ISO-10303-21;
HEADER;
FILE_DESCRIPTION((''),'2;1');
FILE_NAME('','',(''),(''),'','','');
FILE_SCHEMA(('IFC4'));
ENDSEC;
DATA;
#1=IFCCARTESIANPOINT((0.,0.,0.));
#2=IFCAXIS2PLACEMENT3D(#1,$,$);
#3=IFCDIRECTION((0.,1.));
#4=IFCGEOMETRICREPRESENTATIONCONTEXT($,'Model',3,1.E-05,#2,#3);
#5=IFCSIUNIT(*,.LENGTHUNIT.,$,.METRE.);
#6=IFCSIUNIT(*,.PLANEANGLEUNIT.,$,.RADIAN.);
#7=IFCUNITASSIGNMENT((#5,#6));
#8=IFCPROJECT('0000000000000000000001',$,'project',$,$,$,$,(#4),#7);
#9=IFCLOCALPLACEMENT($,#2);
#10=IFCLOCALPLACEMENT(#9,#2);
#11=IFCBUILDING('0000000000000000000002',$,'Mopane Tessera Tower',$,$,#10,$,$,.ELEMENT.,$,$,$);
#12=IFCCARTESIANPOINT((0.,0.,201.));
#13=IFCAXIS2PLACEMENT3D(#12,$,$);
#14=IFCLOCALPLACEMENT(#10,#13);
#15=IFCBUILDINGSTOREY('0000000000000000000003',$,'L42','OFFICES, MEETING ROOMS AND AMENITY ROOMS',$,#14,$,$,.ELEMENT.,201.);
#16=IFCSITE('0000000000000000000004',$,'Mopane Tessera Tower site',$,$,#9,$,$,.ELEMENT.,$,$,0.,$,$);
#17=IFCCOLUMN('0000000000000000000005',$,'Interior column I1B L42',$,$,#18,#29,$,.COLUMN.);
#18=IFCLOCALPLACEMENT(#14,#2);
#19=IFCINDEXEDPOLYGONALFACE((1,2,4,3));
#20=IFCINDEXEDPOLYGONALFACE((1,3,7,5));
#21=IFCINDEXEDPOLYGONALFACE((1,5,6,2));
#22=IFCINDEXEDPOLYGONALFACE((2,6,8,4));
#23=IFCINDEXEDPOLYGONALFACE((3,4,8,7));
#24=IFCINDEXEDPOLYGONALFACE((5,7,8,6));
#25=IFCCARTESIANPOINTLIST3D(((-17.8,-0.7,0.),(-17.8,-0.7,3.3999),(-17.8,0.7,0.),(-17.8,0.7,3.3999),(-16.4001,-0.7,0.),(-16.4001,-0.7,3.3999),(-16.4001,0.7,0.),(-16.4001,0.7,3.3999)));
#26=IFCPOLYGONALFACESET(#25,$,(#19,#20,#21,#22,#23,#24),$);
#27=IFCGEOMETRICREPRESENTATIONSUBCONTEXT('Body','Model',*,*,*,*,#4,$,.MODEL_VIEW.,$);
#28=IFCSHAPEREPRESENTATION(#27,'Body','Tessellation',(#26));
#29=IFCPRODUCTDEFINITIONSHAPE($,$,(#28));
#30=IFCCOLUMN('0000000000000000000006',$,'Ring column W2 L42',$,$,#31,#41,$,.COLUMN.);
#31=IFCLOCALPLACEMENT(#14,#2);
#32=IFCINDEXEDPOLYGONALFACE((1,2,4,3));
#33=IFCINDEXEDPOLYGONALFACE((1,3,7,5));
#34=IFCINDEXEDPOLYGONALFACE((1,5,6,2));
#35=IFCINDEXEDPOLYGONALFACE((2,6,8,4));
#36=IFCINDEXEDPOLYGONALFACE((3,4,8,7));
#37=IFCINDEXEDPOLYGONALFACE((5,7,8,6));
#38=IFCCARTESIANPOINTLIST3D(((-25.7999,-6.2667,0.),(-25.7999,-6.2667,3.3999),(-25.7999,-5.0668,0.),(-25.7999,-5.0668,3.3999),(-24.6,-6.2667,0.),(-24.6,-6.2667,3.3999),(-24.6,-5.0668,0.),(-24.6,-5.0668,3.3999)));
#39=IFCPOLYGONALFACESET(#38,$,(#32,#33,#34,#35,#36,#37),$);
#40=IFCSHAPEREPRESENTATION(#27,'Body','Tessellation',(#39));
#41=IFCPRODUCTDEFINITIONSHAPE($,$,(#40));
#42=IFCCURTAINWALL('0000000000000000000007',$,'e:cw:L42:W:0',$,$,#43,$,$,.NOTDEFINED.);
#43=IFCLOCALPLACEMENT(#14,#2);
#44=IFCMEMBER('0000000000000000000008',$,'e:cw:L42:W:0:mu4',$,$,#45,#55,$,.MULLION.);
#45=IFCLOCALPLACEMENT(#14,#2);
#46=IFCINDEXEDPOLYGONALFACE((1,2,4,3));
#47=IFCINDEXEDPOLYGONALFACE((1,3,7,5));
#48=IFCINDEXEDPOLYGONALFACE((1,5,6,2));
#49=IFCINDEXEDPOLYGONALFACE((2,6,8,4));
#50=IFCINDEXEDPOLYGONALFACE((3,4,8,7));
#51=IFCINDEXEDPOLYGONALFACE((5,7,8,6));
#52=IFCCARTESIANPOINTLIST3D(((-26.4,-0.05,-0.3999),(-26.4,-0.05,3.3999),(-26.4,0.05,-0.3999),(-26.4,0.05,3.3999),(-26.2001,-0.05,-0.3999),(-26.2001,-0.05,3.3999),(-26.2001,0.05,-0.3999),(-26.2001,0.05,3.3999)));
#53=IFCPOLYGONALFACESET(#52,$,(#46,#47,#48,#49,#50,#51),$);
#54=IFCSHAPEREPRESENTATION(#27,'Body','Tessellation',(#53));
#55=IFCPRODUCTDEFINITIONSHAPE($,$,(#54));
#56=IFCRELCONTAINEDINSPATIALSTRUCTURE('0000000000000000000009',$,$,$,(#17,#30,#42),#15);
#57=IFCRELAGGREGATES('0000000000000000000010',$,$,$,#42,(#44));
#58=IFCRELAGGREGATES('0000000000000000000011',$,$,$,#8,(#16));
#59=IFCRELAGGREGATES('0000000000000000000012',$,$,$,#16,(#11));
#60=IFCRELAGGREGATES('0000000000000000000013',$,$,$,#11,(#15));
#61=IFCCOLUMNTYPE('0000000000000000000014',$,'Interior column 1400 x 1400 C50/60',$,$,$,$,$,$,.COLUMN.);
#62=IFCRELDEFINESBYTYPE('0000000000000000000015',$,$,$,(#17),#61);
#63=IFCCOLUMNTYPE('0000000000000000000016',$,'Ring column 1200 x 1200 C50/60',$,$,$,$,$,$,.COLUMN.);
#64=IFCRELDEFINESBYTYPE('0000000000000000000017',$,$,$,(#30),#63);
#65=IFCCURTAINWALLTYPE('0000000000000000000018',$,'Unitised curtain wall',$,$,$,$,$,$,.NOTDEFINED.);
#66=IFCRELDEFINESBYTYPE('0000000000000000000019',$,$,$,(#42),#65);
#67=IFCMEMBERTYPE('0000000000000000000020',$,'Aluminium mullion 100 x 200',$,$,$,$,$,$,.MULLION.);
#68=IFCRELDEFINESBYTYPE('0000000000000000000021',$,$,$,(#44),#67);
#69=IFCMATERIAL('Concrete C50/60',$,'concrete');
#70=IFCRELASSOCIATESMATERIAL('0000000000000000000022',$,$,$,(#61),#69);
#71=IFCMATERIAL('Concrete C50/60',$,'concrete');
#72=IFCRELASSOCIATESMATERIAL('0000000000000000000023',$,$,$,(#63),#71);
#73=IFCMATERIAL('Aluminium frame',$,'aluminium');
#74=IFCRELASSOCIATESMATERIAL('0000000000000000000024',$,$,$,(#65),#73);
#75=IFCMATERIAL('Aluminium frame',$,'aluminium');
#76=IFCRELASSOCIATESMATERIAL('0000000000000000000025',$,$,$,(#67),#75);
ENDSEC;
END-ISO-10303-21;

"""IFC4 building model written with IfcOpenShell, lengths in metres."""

from ifc_helpers import new_model, si_unit, direction, frame, origin, origin_2d, place, context, subcontext, project, spatial, rectangle, extrude, material, material_profile, profile_set, type_object, element, aggregate, save


model = new_model("IFC4")

# Units and contexts
model_context = context("Model", 3, precision=1e-05, world=origin(), true_north=direction((0.0, 1.0)))
body_context = subcontext(model_context, "Body", "Model", "MODEL_VIEW")
ifc_project = project(units=[si_unit("LENGTHUNIT", "METRE"), si_unit("PLANEANGLEUNIT", "RADIAN")], contexts=[model_context])

# Site, building, storey
site_placement = place(None, origin())
site = spatial("IfcSite", under=ifc_project, at=site_placement, Name="Mopane Tessera Tower site", CompositionType="ELEMENT", RefElevation=0.0)
building_placement = place(site_placement, origin())
building = spatial("IfcBuilding", under=site, at=building_placement, Name="Mopane Tessera Tower", CompositionType="ELEMENT")
storey_placement = place(building_placement, frame((0.0, 0.0, 201.0)))
storey = spatial("IfcBuildingStorey", under=building, at=storey_placement, Name="L42", Description="OFFICES, MEETING ROOMS AND AMENITY ROOMS", CompositionType="ELEMENT", Elevation=201.0)

# Columns
ifc_material_1 = material(Name="Concrete C50/60", Category="concrete")
ifc_material_profile_1 = material_profile(ifc_material_1, rectangle(XDim=1.3999, YDim=1.3999, at=origin_2d()))
ifc_profile_set_1 = profile_set([ifc_material_profile_1], Name="Concrete C50/60")
column_type_1 = type_object("IfcColumnType", Name="Interior column 1400 x 1400 C50/60", PredefinedType="COLUMN", material=ifc_profile_set_1)
column_1_placement = place(storey_placement, frame((-17.1001, 0.0, 0.0), z_axis=(0.0, 0.0, 1.0), x_axis=(1.0, 0.0, 0.0)))
element("IfcColumn", 1, at=column_1_placement, inside=storey, type_object=column_type_1, Name="Interior column I1B L42", PredefinedType="COLUMN", context=body_context, shape_type="SweptSolid", body=[
    extrude(rectangle(XDim=1.3999, YDim=1.3999, at=origin_2d()), origin(), (0.0, 0.0, 1.0), 3.3999),
])
ifc_material_2 = material(Name="Concrete C50/60", Category="concrete")
ifc_material_profile_2 = material_profile(ifc_material_2, rectangle(XDim=1.2, YDim=1.2, at=origin_2d()))
ifc_profile_set_2 = profile_set([ifc_material_profile_2], Name="Concrete C50/60")
column_type_2 = type_object("IfcColumnType", Name="Ring column 1200 x 1200 C50/60", PredefinedType="COLUMN", material=ifc_profile_set_2)
column_2_placement = place(storey_placement, frame((-25.2, -5.6667, 0.0), z_axis=(0.0, 0.0, 1.0), x_axis=(1.0, 0.0, 0.0)))
element("IfcColumn", 2, at=column_2_placement, inside=storey, type_object=column_type_2, Name="Ring column W2 L42", PredefinedType="COLUMN", context=body_context, shape_type="SweptSolid", body=[
    extrude(rectangle(XDim=1.2, YDim=1.2, at=origin_2d()), origin(), (0.0, 0.0, 1.0), 3.3999),
])

# Curtain wall, member
ifc_material_3 = material(Name="Aluminium frame", Category="aluminium")
curtain_wall_type = type_object("IfcCurtainWallType", Name="Unitised curtain wall", PredefinedType="NOTDEFINED", material=ifc_material_3)
curtain_wall_placement = place(storey_placement, origin())
curtain_wall = element("IfcCurtainWall", 3, at=curtain_wall_placement, inside=storey, type_object=curtain_wall_type, Name="e:cw:L42:W:0", PredefinedType="NOTDEFINED")
ifc_material_4 = material(Name="Aluminium frame", Category="aluminium")
ifc_material_profile_3 = material_profile(ifc_material_4, rectangle(XDim=0.1001, YDim=0.2, at=origin_2d()))
ifc_profile_set_3 = profile_set([ifc_material_profile_3], Name="Aluminium frame")
member_type = type_object("IfcMemberType", Name="Aluminium mullion 100 x 200", PredefinedType="MULLION", material=ifc_profile_set_3)
member_placement = place(storey_placement, frame((-26.3, 0.0, -0.3999), z_axis=(0.0, 0.0, 1.0), x_axis=(0.0, -1.0, 0.0)))
member = element("IfcMember", 4, at=member_placement, type_object=member_type, Name="e:cw:L42:W:0:mu4", PredefinedType="MULLION", context=body_context, shape_type="SweptSolid", body=[
    extrude(rectangle(XDim=0.1001, YDim=0.2, at=origin_2d()), origin(), (0.0, 0.0, 1.0), 3.7998),
])
aggregate(curtain_wall, [member])

save(model, "model.ifc")
